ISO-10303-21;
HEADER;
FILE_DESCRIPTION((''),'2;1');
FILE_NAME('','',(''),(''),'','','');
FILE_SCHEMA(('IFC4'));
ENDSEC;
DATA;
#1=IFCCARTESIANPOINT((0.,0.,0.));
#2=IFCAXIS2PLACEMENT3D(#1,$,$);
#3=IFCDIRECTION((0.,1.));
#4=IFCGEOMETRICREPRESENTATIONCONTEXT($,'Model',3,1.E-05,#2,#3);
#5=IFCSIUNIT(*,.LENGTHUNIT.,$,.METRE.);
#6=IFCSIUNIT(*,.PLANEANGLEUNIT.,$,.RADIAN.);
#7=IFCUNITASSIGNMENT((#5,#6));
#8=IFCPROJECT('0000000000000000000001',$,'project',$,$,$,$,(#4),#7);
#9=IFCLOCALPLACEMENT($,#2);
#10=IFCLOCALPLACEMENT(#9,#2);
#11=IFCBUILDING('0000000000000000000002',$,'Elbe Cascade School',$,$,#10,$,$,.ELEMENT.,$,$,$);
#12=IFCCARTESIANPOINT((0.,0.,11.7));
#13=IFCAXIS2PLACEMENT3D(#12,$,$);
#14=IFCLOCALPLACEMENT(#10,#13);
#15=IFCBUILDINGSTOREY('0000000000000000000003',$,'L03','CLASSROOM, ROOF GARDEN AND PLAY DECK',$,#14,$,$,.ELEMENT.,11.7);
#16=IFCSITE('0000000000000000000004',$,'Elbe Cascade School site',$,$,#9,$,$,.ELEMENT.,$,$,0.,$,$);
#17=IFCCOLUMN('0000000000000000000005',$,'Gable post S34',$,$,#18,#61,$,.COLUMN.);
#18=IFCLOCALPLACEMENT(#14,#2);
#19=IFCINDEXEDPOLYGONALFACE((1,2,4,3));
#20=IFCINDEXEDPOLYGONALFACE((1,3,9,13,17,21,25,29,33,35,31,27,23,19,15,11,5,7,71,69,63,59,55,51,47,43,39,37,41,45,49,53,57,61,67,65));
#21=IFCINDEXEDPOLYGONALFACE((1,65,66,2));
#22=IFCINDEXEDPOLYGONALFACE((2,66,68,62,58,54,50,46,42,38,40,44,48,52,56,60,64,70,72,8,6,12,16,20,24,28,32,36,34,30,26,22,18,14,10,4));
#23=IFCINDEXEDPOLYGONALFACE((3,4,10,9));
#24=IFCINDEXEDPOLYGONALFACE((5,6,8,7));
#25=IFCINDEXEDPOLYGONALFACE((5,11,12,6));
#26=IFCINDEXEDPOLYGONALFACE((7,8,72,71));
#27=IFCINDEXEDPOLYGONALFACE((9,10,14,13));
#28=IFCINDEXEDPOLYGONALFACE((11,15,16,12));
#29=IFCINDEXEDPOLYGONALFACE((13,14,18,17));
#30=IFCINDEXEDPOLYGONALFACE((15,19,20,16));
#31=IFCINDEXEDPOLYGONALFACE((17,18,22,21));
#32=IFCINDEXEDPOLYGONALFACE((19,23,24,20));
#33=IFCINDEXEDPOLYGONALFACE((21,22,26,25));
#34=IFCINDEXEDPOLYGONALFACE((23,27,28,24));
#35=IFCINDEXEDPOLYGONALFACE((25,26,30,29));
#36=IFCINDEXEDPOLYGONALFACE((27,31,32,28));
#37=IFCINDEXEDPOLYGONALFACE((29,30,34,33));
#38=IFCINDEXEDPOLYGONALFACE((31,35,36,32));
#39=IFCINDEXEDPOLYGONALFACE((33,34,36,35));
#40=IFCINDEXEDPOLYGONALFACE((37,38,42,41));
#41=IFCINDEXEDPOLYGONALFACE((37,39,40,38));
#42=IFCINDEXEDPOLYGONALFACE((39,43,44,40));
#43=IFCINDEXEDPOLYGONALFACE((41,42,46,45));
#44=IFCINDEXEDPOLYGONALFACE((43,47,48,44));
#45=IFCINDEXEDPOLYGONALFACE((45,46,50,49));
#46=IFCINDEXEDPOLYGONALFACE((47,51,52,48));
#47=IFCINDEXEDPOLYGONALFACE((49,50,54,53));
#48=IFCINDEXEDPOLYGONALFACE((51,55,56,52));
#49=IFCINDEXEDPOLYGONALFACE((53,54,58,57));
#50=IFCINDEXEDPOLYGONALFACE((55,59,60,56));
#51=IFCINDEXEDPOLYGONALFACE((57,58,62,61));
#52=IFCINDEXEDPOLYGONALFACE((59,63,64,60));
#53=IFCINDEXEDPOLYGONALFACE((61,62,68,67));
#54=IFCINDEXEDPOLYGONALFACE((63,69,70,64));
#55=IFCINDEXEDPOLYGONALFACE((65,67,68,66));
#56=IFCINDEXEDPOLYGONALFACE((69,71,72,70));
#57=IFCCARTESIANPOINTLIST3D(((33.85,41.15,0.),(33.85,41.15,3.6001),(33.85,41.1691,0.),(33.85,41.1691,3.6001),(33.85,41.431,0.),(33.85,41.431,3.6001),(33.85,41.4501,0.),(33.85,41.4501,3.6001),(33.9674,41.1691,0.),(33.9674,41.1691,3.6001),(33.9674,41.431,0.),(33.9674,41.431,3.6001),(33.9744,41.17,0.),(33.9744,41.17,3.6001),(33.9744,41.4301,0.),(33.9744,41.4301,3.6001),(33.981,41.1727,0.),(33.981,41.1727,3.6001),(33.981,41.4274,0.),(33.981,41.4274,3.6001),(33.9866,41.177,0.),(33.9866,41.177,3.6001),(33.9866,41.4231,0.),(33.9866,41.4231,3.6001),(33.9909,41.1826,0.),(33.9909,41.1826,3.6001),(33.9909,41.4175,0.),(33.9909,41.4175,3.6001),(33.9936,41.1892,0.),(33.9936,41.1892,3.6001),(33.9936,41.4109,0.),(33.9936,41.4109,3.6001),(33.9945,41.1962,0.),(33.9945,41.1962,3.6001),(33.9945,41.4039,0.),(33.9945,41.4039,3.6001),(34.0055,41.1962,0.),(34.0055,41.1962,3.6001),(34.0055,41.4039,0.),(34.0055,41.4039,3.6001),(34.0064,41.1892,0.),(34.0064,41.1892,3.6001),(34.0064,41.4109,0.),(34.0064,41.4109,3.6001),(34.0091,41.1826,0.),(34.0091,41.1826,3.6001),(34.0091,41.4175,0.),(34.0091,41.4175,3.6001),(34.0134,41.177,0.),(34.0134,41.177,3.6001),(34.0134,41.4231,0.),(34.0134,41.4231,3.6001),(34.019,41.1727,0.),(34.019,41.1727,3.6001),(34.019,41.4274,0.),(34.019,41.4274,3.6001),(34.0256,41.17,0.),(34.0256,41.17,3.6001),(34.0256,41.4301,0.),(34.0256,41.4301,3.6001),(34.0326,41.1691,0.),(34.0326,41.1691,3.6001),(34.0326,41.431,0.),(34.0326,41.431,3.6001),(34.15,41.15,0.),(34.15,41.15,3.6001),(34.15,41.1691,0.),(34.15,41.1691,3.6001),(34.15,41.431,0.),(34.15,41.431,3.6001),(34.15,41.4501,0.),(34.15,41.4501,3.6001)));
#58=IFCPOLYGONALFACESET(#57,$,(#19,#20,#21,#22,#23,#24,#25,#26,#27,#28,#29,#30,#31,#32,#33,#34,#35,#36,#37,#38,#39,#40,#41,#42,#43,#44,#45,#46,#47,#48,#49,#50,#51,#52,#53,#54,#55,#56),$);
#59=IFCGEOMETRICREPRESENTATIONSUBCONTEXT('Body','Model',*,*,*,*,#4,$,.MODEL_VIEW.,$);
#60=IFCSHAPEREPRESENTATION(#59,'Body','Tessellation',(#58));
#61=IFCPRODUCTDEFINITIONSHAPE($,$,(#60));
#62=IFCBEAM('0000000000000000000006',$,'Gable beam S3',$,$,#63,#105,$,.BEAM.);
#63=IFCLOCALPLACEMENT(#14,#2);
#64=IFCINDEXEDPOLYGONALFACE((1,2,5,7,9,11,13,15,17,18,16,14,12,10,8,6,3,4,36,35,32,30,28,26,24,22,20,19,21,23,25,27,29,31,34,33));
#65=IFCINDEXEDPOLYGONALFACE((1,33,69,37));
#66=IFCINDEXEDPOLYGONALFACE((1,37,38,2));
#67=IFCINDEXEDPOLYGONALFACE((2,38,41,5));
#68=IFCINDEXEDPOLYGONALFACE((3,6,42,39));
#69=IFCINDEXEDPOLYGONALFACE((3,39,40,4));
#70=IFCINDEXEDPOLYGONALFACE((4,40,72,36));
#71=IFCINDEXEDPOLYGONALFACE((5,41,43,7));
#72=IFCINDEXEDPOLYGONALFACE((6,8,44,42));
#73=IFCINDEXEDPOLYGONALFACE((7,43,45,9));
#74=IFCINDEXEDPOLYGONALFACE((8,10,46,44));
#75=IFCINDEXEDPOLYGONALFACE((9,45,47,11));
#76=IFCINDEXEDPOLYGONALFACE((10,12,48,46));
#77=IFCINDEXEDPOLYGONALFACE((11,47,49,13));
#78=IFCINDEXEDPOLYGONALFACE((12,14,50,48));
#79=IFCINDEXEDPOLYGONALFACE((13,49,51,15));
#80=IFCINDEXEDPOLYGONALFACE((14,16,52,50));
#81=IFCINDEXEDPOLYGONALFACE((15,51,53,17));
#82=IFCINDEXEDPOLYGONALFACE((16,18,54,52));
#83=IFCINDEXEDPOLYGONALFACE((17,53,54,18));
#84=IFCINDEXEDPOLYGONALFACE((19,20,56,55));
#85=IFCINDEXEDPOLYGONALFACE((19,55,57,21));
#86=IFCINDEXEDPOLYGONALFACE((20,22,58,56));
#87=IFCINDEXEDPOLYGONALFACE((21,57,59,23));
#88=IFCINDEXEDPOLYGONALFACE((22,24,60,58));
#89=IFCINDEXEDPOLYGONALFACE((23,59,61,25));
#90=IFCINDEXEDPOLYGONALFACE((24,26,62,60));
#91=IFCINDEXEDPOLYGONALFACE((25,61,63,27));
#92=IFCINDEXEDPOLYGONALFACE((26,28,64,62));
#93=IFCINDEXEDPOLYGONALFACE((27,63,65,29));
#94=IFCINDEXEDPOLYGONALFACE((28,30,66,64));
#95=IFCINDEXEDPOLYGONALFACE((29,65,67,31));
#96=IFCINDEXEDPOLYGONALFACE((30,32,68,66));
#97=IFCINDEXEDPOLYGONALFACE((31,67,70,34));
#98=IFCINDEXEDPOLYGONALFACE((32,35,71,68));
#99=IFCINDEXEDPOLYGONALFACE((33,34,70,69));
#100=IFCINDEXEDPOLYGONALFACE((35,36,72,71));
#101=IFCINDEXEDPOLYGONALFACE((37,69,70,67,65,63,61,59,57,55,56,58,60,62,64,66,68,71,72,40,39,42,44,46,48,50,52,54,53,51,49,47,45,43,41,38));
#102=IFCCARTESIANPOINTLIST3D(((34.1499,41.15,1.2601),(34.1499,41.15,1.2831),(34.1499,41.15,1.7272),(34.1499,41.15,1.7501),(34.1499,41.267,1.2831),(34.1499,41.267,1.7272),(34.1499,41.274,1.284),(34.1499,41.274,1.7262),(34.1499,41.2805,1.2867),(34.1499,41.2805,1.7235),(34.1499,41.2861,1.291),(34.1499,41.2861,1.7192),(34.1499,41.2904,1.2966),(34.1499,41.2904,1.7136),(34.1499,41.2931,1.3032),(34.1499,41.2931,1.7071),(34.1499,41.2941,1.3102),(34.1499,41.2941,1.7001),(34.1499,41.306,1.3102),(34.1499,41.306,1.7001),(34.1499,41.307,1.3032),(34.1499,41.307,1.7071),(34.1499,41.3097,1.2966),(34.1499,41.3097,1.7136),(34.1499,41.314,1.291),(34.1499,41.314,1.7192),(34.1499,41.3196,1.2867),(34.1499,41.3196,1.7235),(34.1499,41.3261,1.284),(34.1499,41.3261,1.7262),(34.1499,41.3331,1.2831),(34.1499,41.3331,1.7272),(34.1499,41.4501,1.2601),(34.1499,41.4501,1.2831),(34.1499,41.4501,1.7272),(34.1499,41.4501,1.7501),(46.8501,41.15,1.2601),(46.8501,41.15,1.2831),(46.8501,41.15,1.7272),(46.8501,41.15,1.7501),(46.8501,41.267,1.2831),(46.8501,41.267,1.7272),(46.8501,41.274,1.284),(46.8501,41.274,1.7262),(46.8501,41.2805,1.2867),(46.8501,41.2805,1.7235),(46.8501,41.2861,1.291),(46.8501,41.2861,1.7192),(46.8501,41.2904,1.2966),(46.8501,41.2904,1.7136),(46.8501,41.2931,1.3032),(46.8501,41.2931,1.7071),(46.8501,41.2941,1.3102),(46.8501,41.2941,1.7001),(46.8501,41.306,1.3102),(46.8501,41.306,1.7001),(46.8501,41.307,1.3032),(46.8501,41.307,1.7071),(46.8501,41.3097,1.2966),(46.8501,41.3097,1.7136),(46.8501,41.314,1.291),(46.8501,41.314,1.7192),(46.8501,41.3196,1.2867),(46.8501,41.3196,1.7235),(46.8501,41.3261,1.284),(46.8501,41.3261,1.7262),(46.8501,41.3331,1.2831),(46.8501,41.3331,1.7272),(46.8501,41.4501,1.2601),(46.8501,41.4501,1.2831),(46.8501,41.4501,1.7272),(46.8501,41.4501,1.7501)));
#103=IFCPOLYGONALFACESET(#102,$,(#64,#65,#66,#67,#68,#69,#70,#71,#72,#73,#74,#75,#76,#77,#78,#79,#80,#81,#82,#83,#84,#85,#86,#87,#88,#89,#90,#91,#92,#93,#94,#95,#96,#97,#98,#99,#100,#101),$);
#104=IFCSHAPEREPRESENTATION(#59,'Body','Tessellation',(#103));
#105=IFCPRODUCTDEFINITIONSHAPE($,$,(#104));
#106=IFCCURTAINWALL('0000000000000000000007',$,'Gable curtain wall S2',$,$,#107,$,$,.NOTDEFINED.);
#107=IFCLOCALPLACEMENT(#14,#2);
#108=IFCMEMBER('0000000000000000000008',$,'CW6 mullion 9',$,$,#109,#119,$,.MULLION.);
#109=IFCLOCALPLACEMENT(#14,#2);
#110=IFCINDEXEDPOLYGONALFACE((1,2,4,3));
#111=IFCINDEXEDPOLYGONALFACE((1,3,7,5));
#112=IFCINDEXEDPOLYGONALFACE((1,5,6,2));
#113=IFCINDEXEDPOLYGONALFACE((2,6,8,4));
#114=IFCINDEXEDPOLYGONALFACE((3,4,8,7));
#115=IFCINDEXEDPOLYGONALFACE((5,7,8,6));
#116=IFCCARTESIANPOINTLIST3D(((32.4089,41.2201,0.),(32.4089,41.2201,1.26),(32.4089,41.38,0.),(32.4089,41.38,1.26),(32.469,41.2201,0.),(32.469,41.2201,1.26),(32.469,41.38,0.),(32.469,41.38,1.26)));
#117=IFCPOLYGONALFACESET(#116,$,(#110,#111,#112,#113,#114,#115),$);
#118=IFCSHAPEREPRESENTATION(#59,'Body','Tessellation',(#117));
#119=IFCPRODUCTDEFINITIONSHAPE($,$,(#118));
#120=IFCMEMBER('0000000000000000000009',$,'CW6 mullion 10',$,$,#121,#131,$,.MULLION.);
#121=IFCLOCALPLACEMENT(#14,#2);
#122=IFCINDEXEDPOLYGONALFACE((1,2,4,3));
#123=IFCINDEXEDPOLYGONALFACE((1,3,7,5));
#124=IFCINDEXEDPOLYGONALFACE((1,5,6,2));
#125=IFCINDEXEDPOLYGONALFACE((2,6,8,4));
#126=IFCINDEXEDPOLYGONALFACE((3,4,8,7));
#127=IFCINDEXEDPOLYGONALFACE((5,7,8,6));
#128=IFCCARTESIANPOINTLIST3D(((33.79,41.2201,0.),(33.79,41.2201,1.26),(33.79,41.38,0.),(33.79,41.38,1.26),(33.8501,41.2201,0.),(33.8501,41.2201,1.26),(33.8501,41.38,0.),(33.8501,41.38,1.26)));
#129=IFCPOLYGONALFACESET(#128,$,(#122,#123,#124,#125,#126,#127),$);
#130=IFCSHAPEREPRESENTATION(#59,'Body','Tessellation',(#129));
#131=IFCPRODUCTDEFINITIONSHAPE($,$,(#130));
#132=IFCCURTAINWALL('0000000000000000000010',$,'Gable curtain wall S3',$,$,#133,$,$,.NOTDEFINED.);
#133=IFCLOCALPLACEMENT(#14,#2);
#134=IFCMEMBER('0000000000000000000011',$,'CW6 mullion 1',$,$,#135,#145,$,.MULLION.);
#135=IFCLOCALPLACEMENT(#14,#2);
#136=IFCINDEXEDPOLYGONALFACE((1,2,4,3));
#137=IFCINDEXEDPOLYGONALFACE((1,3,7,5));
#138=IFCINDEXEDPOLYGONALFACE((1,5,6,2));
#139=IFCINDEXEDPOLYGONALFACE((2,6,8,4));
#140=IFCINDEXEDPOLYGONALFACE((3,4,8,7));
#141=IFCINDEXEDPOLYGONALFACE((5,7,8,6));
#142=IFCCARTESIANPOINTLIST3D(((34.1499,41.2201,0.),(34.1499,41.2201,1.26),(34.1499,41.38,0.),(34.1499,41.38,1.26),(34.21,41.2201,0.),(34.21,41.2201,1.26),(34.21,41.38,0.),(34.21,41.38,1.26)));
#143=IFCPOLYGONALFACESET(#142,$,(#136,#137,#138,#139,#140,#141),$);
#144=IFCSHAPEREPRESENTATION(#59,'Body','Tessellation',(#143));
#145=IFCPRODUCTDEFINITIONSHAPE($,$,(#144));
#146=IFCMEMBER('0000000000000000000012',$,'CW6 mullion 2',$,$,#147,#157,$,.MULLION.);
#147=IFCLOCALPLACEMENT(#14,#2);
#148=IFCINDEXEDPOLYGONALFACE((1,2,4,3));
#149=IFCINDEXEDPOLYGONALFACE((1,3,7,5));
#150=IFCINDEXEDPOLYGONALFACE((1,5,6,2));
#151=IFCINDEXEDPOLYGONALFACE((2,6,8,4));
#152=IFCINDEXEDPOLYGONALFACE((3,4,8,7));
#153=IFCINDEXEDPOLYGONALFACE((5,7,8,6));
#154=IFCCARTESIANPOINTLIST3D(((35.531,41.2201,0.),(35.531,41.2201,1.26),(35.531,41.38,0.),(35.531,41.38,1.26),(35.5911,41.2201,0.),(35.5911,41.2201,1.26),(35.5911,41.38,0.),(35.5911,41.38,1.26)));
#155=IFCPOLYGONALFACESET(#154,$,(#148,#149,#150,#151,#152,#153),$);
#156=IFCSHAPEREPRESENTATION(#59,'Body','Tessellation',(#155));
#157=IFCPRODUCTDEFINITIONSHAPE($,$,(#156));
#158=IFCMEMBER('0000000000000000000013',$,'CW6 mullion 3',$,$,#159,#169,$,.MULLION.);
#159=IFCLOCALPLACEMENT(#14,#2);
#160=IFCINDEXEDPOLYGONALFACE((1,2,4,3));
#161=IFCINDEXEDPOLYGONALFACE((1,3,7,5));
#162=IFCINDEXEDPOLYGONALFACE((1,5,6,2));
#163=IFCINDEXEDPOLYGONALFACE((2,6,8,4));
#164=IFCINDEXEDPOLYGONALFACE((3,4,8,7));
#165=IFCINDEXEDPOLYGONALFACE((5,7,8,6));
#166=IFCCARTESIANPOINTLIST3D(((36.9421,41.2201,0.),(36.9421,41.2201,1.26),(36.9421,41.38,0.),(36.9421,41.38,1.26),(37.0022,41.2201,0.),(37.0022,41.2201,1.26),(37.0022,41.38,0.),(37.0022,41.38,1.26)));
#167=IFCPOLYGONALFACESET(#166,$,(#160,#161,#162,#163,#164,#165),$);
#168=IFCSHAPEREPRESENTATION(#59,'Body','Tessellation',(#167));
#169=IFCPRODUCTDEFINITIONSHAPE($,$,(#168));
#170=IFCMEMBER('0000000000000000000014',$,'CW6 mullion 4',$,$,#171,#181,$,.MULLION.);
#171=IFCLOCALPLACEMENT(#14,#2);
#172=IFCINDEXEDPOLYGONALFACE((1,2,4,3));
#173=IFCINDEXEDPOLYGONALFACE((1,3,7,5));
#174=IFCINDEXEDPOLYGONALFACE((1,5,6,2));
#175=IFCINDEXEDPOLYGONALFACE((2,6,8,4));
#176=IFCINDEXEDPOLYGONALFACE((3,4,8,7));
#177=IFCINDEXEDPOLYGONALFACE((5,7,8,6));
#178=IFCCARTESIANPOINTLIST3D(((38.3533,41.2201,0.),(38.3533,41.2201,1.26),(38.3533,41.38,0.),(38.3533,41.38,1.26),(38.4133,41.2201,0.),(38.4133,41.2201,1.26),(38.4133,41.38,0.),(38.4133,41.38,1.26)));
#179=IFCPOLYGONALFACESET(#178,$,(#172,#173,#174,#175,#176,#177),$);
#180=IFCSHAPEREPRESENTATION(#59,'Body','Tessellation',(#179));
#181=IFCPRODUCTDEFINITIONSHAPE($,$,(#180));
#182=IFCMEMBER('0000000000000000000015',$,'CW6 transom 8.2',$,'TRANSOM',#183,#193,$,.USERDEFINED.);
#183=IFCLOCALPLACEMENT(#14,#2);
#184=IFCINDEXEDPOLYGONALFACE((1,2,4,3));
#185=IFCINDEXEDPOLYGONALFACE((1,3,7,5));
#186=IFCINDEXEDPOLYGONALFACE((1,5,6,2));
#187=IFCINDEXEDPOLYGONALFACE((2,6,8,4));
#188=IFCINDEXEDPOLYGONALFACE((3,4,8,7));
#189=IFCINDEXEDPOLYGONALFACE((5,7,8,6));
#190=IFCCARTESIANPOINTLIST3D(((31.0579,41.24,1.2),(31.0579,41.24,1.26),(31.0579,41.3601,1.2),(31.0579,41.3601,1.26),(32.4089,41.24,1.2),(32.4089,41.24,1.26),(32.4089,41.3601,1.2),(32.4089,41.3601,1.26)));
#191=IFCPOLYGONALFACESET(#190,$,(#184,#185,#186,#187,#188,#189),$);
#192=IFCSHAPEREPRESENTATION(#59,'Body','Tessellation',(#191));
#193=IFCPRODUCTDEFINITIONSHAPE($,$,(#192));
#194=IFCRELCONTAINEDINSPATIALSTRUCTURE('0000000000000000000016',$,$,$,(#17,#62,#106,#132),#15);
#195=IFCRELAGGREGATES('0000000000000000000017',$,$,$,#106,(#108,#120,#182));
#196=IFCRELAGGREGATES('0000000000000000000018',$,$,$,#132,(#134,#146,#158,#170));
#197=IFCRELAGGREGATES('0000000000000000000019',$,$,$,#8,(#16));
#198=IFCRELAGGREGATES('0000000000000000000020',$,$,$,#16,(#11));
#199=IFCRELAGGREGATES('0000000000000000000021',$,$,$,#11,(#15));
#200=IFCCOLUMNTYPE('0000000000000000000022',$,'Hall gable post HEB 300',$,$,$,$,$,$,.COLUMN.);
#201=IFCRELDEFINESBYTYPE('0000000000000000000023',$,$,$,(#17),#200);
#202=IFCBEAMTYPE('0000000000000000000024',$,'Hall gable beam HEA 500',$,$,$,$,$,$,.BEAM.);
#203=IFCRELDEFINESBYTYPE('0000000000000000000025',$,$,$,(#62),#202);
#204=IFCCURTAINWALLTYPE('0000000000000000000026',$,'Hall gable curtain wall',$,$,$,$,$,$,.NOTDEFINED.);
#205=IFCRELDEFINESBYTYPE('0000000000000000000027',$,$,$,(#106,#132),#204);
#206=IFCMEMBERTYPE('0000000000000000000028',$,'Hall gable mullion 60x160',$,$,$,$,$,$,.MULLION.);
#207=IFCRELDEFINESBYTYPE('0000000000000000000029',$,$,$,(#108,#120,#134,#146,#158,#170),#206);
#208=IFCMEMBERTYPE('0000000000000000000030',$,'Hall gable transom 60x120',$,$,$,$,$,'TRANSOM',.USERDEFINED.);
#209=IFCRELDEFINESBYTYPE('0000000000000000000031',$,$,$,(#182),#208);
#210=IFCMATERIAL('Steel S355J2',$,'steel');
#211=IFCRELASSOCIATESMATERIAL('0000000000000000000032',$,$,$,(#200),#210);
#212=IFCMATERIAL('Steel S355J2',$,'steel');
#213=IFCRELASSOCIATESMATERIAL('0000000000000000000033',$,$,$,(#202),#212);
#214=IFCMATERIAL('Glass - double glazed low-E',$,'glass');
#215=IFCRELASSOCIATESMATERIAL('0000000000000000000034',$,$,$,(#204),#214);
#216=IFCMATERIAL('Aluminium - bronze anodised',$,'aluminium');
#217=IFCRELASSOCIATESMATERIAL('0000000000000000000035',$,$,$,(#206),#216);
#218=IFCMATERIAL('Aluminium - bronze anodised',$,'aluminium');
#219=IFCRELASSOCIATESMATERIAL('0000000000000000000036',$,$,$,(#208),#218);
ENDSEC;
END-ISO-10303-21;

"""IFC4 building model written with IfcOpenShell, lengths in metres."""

from ifc_helpers import new_model, si_unit, direction, frame, origin, origin_2d, place, context, subcontext, project, spatial, rectangle, i_section, extrude, material, material_profile, profile_set, type_object, element, aggregate, save


model = new_model("IFC4")

# Units and contexts
model_context = context("Model", 3, precision=1e-05, world=origin(), true_north=direction((0.0, 1.0)))
body_context = subcontext(model_context, "Body", "Model", "MODEL_VIEW")
ifc_project = project(units=[si_unit("LENGTHUNIT", "METRE"), si_unit("PLANEANGLEUNIT", "RADIAN")], contexts=[model_context])

# Site, building, storey
site_placement = place(None, origin())
site = spatial("IfcSite", under=ifc_project, at=site_placement, Name="Elbe Cascade School site", CompositionType="ELEMENT", RefElevation=0.0)
building_placement = place(site_placement, origin())
building = spatial("IfcBuilding", under=site, at=building_placement, Name="Elbe Cascade School", CompositionType="ELEMENT")
storey_placement = place(building_placement, frame((0.0, 0.0, 11.7)))
storey = spatial("IfcBuildingStorey", under=building, at=storey_placement, Name="L03", Description="CLASSROOM, ROOF GARDEN AND PLAY DECK", CompositionType="ELEMENT", Elevation=11.7)

# Column
ifc_material_1 = material(Name="Steel S355J2", Category="steel")
ifc_material_profile_1 = material_profile(ifc_material_1, i_section(OverallWidth=0.3, OverallDepth=0.3, WebThickness=0.011, FlangeThickness=0.019, FilletRadius=0.0271, at=origin_2d()), Name="HEB 300")
ifc_profile_set_1 = profile_set([ifc_material_profile_1], Name="Steel S355J2")
column_type = type_object("IfcColumnType", Name="Hall gable post HEB 300", PredefinedType="COLUMN", material=ifc_profile_set_1)
column_placement = place(storey_placement, frame((34.0, 41.3, 0.0), z_axis=(0.0, 0.0, 1.0), x_axis=(1.0, 0.0, 0.0)))
element("IfcColumn", 1, at=column_placement, inside=storey, type_object=column_type, Name="Gable post S34", PredefinedType="COLUMN", context=body_context, shape_type="SweptSolid", body=[
    extrude(i_section(OverallWidth=0.3, OverallDepth=0.3, WebThickness=0.011, FlangeThickness=0.019, FilletRadius=0.0271, at=origin_2d()), origin(), (0.0, 0.0, 1.0), 3.6001),
])

# Beam
ifc_material_2 = material(Name="Steel S355J2", Category="steel")
ifc_material_profile_2 = material_profile(ifc_material_2, i_section(OverallWidth=0.3, OverallDepth=0.49, WebThickness=0.012, FlangeThickness=0.0229, FilletRadius=0.0271, at=origin_2d()), Name="HEA 500")
ifc_profile_set_2 = profile_set([ifc_material_profile_2], Name="Steel S355J2")
beam_type = type_object("IfcBeamType", Name="Hall gable beam HEA 500", PredefinedType="BEAM", material=ifc_profile_set_2)
beam_placement = place(storey_placement, frame((34.1499, 41.3, 1.5051), z_axis=(1.0, 0.0, 0.0), x_axis=(0.0, 1.0, 0.0)))
element("IfcBeam", 2, at=beam_placement, inside=storey, type_object=beam_type, Name="Gable beam S3", PredefinedType="BEAM", context=body_context, shape_type="SweptSolid", body=[
    extrude(i_section(OverallWidth=0.3, OverallDepth=0.49, WebThickness=0.012, FlangeThickness=0.0229, FilletRadius=0.0271, at=origin_2d()), origin(), (0.0, 0.0, 1.0), 12.7002),
])

# Curtain walls, members
ifc_material_3 = material(Name="Glass - double glazed low-E", Category="glass")
curtain_wall_type = type_object("IfcCurtainWallType", Name="Hall gable curtain wall", PredefinedType="NOTDEFINED", material=ifc_material_3)
curtain_wall_1_placement = place(storey_placement, origin())
curtain_wall_1 = element("IfcCurtainWall", 3, at=curtain_wall_1_placement, inside=storey, type_object=curtain_wall_type, Name="Gable curtain wall S2", PredefinedType="NOTDEFINED")
ifc_material_4 = material(Name="Aluminium - bronze anodised", Category="aluminium")
ifc_material_profile_3 = material_profile(ifc_material_4, rectangle(XDim=0.1599, YDim=0.0601, at=origin_2d()), Name="Alu 60x160")
ifc_profile_set_3 = profile_set([ifc_material_profile_3], Name="Aluminium - bronze anodised")
member_type_1 = type_object("IfcMemberType", Name="Hall gable mullion 60x160", PredefinedType="MULLION", material=ifc_profile_set_3)
member_1_placement = place(storey_placement, frame((32.439, 41.3, 0.0), z_axis=(0.0, 0.0, 1.0), x_axis=(0.0, 1.0, 0.0)))
member_1 = element("IfcMember", 4, at=member_1_placement, type_object=member_type_1, Name="CW6 mullion 9", PredefinedType="MULLION", context=body_context, shape_type="SweptSolid", body=[
    extrude(rectangle(XDim=0.1599, YDim=0.0601, at=origin_2d()), origin(), (0.0, 0.0, 1.0), 1.26),
])
member_2_placement = place(storey_placement, frame((33.8201, 41.3, 0.0), z_axis=(0.0, 0.0, 1.0), x_axis=(0.0, 1.0, 0.0)))
member_2 = element("IfcMember", 5, at=member_2_placement, type_object=member_type_1, Name="CW6 mullion 10", PredefinedType="MULLION", context=body_context, shape_type="SweptSolid", body=[
    extrude(rectangle(XDim=0.1599, YDim=0.0601, at=origin_2d()), origin(), (0.0, 0.0, 1.0), 1.26),
])
curtain_wall_2_placement = place(storey_placement, origin())
curtain_wall_2 = element("IfcCurtainWall", 6, at=curtain_wall_2_placement, inside=storey, type_object=curtain_wall_type, Name="Gable curtain wall S3", PredefinedType="NOTDEFINED")
member_3_placement = place(storey_placement, frame((34.1799, 41.3, 0.0), z_axis=(0.0, 0.0, 1.0), x_axis=(0.0, 1.0, 0.0)))
member_3 = element("IfcMember", 7, at=member_3_placement, type_object=member_type_1, Name="CW6 mullion 1", PredefinedType="MULLION", context=body_context, shape_type="SweptSolid", body=[
    extrude(rectangle(XDim=0.1599, YDim=0.0601, at=origin_2d()), origin(), (0.0, 0.0, 1.0), 1.26),
])
member_4_placement = place(storey_placement, frame((35.561, 41.3, 0.0), z_axis=(0.0, 0.0, 1.0), x_axis=(0.0, 1.0, 0.0)))
member_4 = element("IfcMember", 8, at=member_4_placement, type_object=member_type_1, Name="CW6 mullion 2", PredefinedType="MULLION", context=body_context, shape_type="SweptSolid", body=[
    extrude(rectangle(XDim=0.1599, YDim=0.0601, at=origin_2d()), origin(), (0.0, 0.0, 1.0), 1.26),
])
member_5_placement = place(storey_placement, frame((36.9722, 41.3, 0.0), z_axis=(0.0, 0.0, 1.0), x_axis=(0.0, 1.0, 0.0)))
member_5 = element("IfcMember", 9, at=member_5_placement, type_object=member_type_1, Name="CW6 mullion 3", PredefinedType="MULLION", context=body_context, shape_type="SweptSolid", body=[
    extrude(rectangle(XDim=0.1599, YDim=0.0601, at=origin_2d()), origin(), (0.0, 0.0, 1.0), 1.26),
])
member_6_placement = place(storey_placement, frame((38.3833, 41.3, 0.0), z_axis=(0.0, 0.0, 1.0), x_axis=(0.0, 1.0, 0.0)))
member_6 = element("IfcMember", 10, at=member_6_placement, type_object=member_type_1, Name="CW6 mullion 4", PredefinedType="MULLION", context=body_context, shape_type="SweptSolid", body=[
    extrude(rectangle(XDim=0.1599, YDim=0.0601, at=origin_2d()), origin(), (0.0, 0.0, 1.0), 1.26),
])

# Member
ifc_material_5 = material(Name="Aluminium - bronze anodised", Category="aluminium")
ifc_material_profile_4 = material_profile(ifc_material_5, rectangle(XDim=0.1201, YDim=0.0601, at=origin_2d()), Name="Alu 60x120")
ifc_profile_set_4 = profile_set([ifc_material_profile_4], Name="Aluminium - bronze anodised")
member_type_2 = type_object("IfcMemberType", Name="Hall gable transom 60x120", ElementType="TRANSOM", PredefinedType="USERDEFINED", material=ifc_profile_set_4)
member_7_placement = place(storey_placement, frame((31.0579, 41.3, 1.23), z_axis=(1.0, 0.0, 0.0), x_axis=(0.0, 1.0, 0.0)))
member_7 = element("IfcMember", 11, at=member_7_placement, type_object=member_type_2, Name="CW6 transom 8.2", ObjectType="TRANSOM", PredefinedType="USERDEFINED", context=body_context, shape_type="SweptSolid", body=[
    extrude(rectangle(XDim=0.1201, YDim=0.0601, at=origin_2d()), origin(), (0.0, 0.0, 1.0), 1.3511),
])

aggregate(curtain_wall_1, [member_1, member_2, member_7])
aggregate(curtain_wall_2, [member_3, member_4, member_5, member_6])

save(model, "model.ifc")
